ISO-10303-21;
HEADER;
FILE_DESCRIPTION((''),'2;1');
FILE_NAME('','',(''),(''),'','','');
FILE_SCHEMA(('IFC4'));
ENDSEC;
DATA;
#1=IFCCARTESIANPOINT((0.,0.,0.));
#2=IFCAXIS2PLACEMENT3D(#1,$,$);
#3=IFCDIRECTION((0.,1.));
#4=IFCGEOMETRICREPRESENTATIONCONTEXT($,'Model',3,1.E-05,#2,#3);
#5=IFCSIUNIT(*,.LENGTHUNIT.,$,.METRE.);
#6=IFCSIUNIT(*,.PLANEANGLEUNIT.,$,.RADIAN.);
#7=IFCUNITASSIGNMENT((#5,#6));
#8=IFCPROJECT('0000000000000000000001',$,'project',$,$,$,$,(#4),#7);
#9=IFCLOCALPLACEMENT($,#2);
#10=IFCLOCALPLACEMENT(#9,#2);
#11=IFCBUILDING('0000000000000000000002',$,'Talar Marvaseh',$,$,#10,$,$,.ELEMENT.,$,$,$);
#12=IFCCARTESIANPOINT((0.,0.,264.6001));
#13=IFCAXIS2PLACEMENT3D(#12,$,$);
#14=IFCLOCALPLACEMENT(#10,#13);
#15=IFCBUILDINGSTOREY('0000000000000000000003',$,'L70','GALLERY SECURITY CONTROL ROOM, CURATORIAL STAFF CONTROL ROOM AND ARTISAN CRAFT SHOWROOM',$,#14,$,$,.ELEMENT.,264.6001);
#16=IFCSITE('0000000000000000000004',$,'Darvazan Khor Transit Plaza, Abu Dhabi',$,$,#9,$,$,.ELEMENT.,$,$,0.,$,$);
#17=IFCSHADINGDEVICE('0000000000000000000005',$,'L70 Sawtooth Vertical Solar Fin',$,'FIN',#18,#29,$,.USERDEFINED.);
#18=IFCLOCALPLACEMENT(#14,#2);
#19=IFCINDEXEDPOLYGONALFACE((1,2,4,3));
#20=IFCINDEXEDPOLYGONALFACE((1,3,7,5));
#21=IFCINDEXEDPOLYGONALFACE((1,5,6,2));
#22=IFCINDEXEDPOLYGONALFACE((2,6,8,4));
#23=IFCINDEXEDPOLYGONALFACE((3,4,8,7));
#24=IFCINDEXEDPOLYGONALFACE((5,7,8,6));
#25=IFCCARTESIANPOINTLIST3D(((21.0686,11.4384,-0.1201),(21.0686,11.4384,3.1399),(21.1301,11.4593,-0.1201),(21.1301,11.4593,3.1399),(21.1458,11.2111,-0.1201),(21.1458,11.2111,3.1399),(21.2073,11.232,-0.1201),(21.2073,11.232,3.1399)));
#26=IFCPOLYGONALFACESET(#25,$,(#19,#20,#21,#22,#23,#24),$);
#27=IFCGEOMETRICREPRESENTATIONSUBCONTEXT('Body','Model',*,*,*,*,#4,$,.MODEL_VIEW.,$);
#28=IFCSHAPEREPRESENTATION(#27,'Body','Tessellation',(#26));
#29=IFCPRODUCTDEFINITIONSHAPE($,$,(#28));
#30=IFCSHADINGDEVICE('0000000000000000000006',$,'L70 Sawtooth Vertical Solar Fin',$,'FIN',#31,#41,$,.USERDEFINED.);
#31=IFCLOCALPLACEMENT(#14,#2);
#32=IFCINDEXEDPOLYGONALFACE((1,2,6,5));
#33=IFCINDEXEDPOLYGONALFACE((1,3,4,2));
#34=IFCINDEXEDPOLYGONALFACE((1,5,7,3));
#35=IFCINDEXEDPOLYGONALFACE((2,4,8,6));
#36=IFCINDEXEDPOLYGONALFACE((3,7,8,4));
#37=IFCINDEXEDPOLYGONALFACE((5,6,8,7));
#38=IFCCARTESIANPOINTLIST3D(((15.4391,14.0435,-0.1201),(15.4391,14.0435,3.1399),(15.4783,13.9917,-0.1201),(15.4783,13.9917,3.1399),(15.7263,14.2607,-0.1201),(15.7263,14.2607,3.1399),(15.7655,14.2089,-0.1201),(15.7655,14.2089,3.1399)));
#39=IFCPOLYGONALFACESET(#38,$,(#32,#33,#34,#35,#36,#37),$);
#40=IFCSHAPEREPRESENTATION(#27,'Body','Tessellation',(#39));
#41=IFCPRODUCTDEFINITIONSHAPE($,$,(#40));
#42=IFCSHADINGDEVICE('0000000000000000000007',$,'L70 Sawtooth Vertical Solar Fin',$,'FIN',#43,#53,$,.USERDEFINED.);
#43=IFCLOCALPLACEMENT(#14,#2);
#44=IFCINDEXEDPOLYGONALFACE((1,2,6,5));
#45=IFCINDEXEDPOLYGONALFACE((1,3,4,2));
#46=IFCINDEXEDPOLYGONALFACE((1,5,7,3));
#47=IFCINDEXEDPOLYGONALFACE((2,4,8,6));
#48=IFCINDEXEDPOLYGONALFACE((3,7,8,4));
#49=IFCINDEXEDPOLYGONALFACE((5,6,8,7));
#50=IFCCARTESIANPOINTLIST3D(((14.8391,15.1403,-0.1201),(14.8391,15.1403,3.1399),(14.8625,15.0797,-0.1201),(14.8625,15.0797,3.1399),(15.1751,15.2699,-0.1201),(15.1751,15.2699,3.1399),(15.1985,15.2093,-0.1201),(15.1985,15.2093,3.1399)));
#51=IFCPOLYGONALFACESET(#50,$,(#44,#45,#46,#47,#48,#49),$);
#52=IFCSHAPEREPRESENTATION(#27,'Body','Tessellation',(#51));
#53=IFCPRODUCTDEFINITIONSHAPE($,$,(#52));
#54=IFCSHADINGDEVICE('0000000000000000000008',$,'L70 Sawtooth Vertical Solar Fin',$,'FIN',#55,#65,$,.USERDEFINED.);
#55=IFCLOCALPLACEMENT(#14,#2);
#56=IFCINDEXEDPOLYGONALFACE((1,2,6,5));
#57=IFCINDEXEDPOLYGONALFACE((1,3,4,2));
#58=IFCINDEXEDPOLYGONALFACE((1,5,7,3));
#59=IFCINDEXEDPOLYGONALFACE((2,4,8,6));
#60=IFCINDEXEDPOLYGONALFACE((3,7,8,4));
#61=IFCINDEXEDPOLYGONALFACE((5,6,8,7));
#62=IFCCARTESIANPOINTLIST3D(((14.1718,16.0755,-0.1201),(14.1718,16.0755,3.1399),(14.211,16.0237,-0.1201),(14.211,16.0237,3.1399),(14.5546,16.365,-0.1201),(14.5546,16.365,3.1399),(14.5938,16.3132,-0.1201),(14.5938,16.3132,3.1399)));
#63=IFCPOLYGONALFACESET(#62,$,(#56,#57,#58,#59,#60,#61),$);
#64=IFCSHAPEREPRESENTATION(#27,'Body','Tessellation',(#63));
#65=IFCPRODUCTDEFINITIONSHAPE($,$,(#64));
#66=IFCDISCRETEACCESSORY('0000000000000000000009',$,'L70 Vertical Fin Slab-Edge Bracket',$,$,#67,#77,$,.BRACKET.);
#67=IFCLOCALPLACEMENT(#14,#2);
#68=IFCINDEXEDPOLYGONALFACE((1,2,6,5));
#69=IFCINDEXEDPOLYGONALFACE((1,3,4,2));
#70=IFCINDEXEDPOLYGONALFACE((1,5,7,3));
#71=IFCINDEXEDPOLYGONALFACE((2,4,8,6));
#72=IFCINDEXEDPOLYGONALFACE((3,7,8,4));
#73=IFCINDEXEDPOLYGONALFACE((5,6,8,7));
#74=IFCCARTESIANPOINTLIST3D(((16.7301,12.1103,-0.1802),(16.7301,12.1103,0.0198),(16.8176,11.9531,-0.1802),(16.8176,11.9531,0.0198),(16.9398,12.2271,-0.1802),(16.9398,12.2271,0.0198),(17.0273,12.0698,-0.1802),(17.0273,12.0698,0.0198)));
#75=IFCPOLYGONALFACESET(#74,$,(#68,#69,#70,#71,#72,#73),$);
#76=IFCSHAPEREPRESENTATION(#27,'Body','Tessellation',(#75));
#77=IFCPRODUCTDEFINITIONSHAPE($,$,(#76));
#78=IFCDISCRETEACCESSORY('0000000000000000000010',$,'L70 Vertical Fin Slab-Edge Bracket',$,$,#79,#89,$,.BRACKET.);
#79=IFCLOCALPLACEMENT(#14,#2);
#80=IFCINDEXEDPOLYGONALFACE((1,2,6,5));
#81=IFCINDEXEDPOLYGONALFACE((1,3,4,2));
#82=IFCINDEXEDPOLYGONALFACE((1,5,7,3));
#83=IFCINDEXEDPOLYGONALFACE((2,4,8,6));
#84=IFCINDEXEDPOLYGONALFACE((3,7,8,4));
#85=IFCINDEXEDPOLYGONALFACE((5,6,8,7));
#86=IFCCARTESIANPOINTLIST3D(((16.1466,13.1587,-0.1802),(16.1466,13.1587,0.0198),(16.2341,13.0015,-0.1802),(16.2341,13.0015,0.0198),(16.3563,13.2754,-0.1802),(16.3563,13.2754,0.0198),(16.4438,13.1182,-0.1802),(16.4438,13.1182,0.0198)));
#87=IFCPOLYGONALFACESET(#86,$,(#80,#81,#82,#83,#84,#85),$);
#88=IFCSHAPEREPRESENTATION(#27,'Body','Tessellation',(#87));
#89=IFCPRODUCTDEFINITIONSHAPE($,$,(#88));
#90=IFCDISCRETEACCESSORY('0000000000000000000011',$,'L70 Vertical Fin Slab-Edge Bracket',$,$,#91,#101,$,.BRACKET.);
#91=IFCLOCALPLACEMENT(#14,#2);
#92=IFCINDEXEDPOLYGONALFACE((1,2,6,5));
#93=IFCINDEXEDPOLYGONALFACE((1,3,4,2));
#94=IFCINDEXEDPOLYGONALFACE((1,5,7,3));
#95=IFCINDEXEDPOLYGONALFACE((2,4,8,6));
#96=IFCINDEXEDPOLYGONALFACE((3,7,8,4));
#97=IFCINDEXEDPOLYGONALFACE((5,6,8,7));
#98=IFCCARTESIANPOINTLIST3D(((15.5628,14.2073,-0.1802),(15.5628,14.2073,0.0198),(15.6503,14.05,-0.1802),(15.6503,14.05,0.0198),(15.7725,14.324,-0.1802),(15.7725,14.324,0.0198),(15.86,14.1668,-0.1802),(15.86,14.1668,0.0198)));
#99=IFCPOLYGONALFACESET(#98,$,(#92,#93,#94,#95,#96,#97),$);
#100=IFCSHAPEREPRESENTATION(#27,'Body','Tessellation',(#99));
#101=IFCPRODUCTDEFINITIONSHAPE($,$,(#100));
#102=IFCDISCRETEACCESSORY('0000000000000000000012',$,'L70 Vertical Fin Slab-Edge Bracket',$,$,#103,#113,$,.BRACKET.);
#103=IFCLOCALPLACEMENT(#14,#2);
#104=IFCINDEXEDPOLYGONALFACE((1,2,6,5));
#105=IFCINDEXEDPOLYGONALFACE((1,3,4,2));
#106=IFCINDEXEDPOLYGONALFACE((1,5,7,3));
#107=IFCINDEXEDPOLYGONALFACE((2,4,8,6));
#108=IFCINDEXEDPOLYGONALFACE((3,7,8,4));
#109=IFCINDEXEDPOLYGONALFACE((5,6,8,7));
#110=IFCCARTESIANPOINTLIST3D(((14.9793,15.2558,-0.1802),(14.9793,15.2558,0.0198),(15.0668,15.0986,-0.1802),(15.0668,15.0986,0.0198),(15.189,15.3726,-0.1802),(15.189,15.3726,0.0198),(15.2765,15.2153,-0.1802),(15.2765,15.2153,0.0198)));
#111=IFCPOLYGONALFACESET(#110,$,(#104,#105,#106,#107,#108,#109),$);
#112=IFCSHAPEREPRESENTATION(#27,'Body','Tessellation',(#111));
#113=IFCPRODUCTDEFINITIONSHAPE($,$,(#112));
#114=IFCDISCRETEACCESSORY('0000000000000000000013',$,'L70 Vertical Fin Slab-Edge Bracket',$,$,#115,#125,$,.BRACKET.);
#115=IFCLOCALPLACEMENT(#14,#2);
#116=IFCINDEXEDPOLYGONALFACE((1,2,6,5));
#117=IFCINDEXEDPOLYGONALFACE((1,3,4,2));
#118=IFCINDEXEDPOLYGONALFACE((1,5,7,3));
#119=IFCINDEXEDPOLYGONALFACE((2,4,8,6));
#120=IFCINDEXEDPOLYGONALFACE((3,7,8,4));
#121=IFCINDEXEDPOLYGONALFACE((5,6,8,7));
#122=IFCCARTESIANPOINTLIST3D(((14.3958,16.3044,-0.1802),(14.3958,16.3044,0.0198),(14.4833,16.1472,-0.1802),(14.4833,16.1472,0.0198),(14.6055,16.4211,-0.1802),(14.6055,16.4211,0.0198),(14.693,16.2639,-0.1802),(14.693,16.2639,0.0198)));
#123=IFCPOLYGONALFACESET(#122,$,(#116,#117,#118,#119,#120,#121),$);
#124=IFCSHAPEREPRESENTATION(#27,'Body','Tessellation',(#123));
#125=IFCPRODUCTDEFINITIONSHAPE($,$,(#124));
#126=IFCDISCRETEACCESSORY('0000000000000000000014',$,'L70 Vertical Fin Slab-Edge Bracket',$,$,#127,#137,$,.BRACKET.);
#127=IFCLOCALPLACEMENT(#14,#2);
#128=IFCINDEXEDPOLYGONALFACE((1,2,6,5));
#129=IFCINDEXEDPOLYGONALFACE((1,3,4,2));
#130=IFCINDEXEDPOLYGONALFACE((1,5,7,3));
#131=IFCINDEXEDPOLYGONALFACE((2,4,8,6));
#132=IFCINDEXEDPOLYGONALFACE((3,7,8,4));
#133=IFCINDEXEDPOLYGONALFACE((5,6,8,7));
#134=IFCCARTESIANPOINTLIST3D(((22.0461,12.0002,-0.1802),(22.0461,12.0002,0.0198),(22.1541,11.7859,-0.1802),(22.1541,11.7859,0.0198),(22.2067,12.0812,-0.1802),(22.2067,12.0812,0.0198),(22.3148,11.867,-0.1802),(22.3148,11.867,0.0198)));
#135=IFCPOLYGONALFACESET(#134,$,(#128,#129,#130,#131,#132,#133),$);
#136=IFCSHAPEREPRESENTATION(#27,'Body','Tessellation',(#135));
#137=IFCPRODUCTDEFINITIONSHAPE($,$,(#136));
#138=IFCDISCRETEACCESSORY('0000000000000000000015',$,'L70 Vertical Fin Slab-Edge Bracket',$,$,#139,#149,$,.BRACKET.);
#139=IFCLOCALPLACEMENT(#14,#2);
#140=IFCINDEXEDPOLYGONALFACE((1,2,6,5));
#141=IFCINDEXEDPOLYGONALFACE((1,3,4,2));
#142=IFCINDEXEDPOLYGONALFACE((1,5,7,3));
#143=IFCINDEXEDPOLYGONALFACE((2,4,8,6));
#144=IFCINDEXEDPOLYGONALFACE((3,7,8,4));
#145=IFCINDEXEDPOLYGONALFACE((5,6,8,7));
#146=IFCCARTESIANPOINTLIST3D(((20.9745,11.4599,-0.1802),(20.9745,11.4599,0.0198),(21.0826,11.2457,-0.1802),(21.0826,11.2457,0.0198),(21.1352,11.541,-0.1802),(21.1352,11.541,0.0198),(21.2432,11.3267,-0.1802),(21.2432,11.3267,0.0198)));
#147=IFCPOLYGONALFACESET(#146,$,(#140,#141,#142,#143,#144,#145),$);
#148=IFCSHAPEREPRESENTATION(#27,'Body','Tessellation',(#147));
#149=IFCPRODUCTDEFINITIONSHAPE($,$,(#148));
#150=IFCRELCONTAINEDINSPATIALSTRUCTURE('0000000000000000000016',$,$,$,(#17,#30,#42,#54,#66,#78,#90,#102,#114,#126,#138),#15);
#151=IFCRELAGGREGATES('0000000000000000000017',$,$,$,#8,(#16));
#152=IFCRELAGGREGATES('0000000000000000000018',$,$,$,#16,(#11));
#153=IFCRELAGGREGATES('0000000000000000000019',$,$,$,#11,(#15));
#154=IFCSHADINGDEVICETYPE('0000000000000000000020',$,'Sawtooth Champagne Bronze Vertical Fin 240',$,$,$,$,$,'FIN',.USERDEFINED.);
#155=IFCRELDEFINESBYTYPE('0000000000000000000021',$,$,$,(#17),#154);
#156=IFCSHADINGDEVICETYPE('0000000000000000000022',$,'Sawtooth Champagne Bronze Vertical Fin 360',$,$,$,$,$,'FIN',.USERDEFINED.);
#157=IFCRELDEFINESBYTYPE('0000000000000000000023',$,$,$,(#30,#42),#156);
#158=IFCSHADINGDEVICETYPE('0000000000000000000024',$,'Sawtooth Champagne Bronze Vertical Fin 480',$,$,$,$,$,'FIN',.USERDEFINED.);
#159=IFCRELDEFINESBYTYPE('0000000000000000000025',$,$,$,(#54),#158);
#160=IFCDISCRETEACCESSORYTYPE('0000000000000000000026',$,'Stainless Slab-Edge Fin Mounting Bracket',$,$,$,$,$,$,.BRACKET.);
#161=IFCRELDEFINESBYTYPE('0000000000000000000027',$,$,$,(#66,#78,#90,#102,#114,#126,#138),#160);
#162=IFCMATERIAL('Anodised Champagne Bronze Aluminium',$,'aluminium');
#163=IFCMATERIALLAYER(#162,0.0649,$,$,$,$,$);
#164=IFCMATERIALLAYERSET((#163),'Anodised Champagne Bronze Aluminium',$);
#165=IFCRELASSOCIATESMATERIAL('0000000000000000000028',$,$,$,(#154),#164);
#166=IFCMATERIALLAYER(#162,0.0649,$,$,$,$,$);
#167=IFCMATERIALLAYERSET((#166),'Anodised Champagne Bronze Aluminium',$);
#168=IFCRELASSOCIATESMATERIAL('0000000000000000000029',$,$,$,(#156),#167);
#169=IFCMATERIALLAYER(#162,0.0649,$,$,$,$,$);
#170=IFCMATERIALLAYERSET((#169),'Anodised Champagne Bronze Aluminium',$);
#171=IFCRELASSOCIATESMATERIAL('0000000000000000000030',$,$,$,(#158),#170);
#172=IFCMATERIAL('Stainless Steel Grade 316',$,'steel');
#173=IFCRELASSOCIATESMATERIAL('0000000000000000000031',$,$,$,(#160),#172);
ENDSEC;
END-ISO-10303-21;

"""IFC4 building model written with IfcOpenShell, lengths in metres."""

from ifc_helpers import new_model, si_unit, direction, frame, origin, origin_2d, place, context, subcontext, project, spatial, rectangle, extrude, source, transform, mapped, material, layer, layer_set, type_object, type_shapes, element, save


model = new_model("IFC4")

# Units and contexts
model_context = context("Model", 3, precision=1e-05, world=origin(), true_north=direction((0.0, 1.0)))
body_context = subcontext(model_context, "Body", "Model", "MODEL_VIEW")
ifc_project = project(units=[si_unit("LENGTHUNIT", "METRE"), si_unit("PLANEANGLEUNIT", "RADIAN")], contexts=[model_context])

# Site, building, storey
site_placement = place(None, origin())
site = spatial("IfcSite", under=ifc_project, at=site_placement, Name="Darvazan Khor Transit Plaza, Abu Dhabi", CompositionType="ELEMENT", RefElevation=0.0)
building_placement = place(site_placement, origin())
building = spatial("IfcBuilding", under=site, at=building_placement, Name="Talar Marvaseh", CompositionType="ELEMENT")
storey_placement = place(building_placement, frame((0.0, 0.0, 264.6001)))
storey = spatial("IfcBuildingStorey", under=building, at=storey_placement, Name="L70", Description="GALLERY SECURITY CONTROL ROOM, CURATORIAL STAFF CONTROL ROOM AND ARTISAN CRAFT SHOWROOM", CompositionType="ELEMENT", Elevation=264.6001)

# Shading devices
ifc_material_1 = material(Name="Anodised Champagne Bronze Aluminium", Category="aluminium")
ifc_layer_1 = layer(ifc_material_1, 0.0649)
ifc_layer_set_1 = layer_set([ifc_layer_1], Name="Anodised Champagne Bronze Aluminium")
shading_device_type_1 = type_object("IfcShadingDeviceType", Name="Sawtooth Champagne Bronze Vertical Fin 240", ElementType="FIN", PredefinedType="USERDEFINED", material=ifc_layer_set_1)
shared_shape_1 = source(origin(), body_context, "Body", "SweptSolid", [
    extrude(rectangle(XDim=0.24, YDim=0.0649, at=origin_2d()), origin(), (0.0, 0.0, 1.0), 3.26),
])
type_shapes(shading_device_type_1, [shared_shape_1])
for number, where, z_axis, x_axis, name in (
    (1, (21.1379, 11.3352, -0.1201), (0.0, 0.0, 1.0), (0.321605, -0.946874, 0.0), "L70 Sawtooth Vertical Solar Fin"),
):
    element("IfcShadingDevice", number, at=place(storey_placement, frame(where, z_axis=z_axis, x_axis=x_axis)), inside=storey, type_object=shading_device_type_1, Name=name, ObjectType="FIN", PredefinedType="USERDEFINED", context=body_context, shape_type="MappedRepresentation", body=[
        mapped(shared_shape_1, transform((0.0, 0.0, 0.0), x_axis=(1.0, 0.0, 0.0), y_axis=(0.0, 1.0, 0.0), z_axis=(0.0, 0.0, 1.0), scale=1.0)),
    ])
ifc_layer_2 = layer(ifc_material_1, 0.0649)
ifc_layer_set_2 = layer_set([ifc_layer_2], Name="Anodised Champagne Bronze Aluminium")
shading_device_type_2 = type_object("IfcShadingDeviceType", Name="Sawtooth Champagne Bronze Vertical Fin 360", ElementType="FIN", PredefinedType="USERDEFINED", material=ifc_layer_set_2)
shared_shape_2 = source(origin(), body_context, "Body", "SweptSolid", [
    extrude(rectangle(XDim=0.3601, YDim=0.0649, at=origin_2d()), origin(), (0.0, 0.0, 1.0), 3.26),
])
type_shapes(shading_device_type_2, [shared_shape_2])
for number, where, z_axis, x_axis, name in (
    (2, (15.6023, 14.1262, -0.1201), (0.0, 0.0, 1.0), (-0.797584, -0.603208, 0.0), "L70 Sawtooth Vertical Solar Fin"),
    (3, (15.0188, 15.1748, -0.1201), (0.0, 0.0, 1.0), (-0.932954, -0.359997, 0.0), "L70 Sawtooth Vertical Solar Fin"),
):
    element("IfcShadingDevice", number, at=place(storey_placement, frame(where, z_axis=z_axis, x_axis=x_axis)), inside=storey, type_object=shading_device_type_2, Name=name, ObjectType="FIN", PredefinedType="USERDEFINED", context=body_context, shape_type="MappedRepresentation", body=[
        mapped(shared_shape_2, transform((0.0, 0.0, 0.0), x_axis=(1.0, 0.0, 0.0), y_axis=(0.0, 1.0, 0.0), z_axis=(0.0, 0.0, 1.0), scale=1.0)),
    ])
ifc_layer_3 = layer(ifc_material_1, 0.0649)
ifc_layer_set_3 = layer_set([ifc_layer_3], Name="Anodised Champagne Bronze Aluminium")
shading_device_type_3 = type_object("IfcShadingDeviceType", Name="Sawtooth Champagne Bronze Vertical Fin 480", ElementType="FIN", PredefinedType="USERDEFINED", material=ifc_layer_set_3)
shared_shape_3 = source(origin(), body_context, "Body", "SweptSolid", [
    extrude(rectangle(XDim=0.48, YDim=0.0649, at=origin_2d()), origin(), (0.0, 0.0, 1.0), 3.26),
])
type_shapes(shading_device_type_3, [shared_shape_3])
shading_device_placement = place(storey_placement, frame((14.3828, 16.1943, -0.1201), z_axis=(0.0, 0.0, 1.0), x_axis=(-0.797584, -0.603208, 0.0)))
element("IfcShadingDevice", 4, at=shading_device_placement, inside=storey, type_object=shading_device_type_3, Name="L70 Sawtooth Vertical Solar Fin", ObjectType="FIN", PredefinedType="USERDEFINED", context=body_context, shape_type="MappedRepresentation", body=[
    mapped(shared_shape_3, transform((0.0, 0.0, 0.0), x_axis=(1.0, 0.0, 0.0), y_axis=(0.0, 1.0, 0.0), z_axis=(0.0, 0.0, 1.0), scale=1.0)),
])

# Discrete accessories
ifc_material_2 = material(Name="Stainless Steel Grade 316", Category="steel")
discrete_accessory_type = type_object("IfcDiscreteAccessoryType", Name="Stainless Slab-Edge Fin Mounting Bracket", PredefinedType="BRACKET", material=ifc_material_2)
shared_shape_4 = source(origin(), body_context, "Body", "SweptSolid", [
    extrude(rectangle(XDim=0.24, YDim=0.1799, at=origin_2d()), origin(), (0.0, 0.0, 1.0), 0.2),
])
type_shapes(discrete_accessory_type, [shared_shape_4])
for number, where, z_axis, x_axis, name in (
    (5, (16.8787, 12.0901, -0.1802), (0.0, 0.0, 1.0), (-0.873772, -0.486335, 0.0), "L70 Vertical Fin Slab-Edge Bracket"),
    (6, (16.2952, 13.1384, -0.1802), (0.0, 0.0, 1.0), (-0.873772, -0.486335, 0.0), "L70 Vertical Fin Slab-Edge Bracket"),
    (7, (15.7114, 14.187, -0.1802), (0.0, 0.0, 1.0), (-0.873772, -0.486335, 0.0), "L70 Vertical Fin Slab-Edge Bracket"),
    (8, (15.1279, 15.2356, -0.1802), (0.0, 0.0, 1.0), (-0.873772, -0.486335, 0.0), "L70 Vertical Fin Slab-Edge Bracket"),
    (9, (14.5444, 16.2842, -0.1802), (0.0, 0.0, 1.0), (-0.873772, -0.486335, 0.0), "L70 Vertical Fin Slab-Edge Bracket"),
    (10, (22.1804, 11.9336, -0.1802), (0.0, 0.0, 1.0), (0.450254, -0.8929, 0.0), "L70 Vertical Fin Slab-Edge Bracket"),
    (11, (21.1089, 11.3933, -0.1802), (0.0, 0.0, 1.0), (0.450254, -0.8929, 0.0), "L70 Vertical Fin Slab-Edge Bracket"),
):
    element("IfcDiscreteAccessory", number, at=place(storey_placement, frame(where, z_axis=z_axis, x_axis=x_axis)), inside=storey, type_object=discrete_accessory_type, Name=name, PredefinedType="BRACKET", context=body_context, shape_type="MappedRepresentation", body=[
        mapped(shared_shape_4, transform((0.0, 0.0, 0.0), x_axis=(1.0, 0.0, 0.0), y_axis=(0.0, 1.0, 0.0), z_axis=(0.0, 0.0, 1.0), scale=1.0)),
    ])

save(model, "model.ifc")
